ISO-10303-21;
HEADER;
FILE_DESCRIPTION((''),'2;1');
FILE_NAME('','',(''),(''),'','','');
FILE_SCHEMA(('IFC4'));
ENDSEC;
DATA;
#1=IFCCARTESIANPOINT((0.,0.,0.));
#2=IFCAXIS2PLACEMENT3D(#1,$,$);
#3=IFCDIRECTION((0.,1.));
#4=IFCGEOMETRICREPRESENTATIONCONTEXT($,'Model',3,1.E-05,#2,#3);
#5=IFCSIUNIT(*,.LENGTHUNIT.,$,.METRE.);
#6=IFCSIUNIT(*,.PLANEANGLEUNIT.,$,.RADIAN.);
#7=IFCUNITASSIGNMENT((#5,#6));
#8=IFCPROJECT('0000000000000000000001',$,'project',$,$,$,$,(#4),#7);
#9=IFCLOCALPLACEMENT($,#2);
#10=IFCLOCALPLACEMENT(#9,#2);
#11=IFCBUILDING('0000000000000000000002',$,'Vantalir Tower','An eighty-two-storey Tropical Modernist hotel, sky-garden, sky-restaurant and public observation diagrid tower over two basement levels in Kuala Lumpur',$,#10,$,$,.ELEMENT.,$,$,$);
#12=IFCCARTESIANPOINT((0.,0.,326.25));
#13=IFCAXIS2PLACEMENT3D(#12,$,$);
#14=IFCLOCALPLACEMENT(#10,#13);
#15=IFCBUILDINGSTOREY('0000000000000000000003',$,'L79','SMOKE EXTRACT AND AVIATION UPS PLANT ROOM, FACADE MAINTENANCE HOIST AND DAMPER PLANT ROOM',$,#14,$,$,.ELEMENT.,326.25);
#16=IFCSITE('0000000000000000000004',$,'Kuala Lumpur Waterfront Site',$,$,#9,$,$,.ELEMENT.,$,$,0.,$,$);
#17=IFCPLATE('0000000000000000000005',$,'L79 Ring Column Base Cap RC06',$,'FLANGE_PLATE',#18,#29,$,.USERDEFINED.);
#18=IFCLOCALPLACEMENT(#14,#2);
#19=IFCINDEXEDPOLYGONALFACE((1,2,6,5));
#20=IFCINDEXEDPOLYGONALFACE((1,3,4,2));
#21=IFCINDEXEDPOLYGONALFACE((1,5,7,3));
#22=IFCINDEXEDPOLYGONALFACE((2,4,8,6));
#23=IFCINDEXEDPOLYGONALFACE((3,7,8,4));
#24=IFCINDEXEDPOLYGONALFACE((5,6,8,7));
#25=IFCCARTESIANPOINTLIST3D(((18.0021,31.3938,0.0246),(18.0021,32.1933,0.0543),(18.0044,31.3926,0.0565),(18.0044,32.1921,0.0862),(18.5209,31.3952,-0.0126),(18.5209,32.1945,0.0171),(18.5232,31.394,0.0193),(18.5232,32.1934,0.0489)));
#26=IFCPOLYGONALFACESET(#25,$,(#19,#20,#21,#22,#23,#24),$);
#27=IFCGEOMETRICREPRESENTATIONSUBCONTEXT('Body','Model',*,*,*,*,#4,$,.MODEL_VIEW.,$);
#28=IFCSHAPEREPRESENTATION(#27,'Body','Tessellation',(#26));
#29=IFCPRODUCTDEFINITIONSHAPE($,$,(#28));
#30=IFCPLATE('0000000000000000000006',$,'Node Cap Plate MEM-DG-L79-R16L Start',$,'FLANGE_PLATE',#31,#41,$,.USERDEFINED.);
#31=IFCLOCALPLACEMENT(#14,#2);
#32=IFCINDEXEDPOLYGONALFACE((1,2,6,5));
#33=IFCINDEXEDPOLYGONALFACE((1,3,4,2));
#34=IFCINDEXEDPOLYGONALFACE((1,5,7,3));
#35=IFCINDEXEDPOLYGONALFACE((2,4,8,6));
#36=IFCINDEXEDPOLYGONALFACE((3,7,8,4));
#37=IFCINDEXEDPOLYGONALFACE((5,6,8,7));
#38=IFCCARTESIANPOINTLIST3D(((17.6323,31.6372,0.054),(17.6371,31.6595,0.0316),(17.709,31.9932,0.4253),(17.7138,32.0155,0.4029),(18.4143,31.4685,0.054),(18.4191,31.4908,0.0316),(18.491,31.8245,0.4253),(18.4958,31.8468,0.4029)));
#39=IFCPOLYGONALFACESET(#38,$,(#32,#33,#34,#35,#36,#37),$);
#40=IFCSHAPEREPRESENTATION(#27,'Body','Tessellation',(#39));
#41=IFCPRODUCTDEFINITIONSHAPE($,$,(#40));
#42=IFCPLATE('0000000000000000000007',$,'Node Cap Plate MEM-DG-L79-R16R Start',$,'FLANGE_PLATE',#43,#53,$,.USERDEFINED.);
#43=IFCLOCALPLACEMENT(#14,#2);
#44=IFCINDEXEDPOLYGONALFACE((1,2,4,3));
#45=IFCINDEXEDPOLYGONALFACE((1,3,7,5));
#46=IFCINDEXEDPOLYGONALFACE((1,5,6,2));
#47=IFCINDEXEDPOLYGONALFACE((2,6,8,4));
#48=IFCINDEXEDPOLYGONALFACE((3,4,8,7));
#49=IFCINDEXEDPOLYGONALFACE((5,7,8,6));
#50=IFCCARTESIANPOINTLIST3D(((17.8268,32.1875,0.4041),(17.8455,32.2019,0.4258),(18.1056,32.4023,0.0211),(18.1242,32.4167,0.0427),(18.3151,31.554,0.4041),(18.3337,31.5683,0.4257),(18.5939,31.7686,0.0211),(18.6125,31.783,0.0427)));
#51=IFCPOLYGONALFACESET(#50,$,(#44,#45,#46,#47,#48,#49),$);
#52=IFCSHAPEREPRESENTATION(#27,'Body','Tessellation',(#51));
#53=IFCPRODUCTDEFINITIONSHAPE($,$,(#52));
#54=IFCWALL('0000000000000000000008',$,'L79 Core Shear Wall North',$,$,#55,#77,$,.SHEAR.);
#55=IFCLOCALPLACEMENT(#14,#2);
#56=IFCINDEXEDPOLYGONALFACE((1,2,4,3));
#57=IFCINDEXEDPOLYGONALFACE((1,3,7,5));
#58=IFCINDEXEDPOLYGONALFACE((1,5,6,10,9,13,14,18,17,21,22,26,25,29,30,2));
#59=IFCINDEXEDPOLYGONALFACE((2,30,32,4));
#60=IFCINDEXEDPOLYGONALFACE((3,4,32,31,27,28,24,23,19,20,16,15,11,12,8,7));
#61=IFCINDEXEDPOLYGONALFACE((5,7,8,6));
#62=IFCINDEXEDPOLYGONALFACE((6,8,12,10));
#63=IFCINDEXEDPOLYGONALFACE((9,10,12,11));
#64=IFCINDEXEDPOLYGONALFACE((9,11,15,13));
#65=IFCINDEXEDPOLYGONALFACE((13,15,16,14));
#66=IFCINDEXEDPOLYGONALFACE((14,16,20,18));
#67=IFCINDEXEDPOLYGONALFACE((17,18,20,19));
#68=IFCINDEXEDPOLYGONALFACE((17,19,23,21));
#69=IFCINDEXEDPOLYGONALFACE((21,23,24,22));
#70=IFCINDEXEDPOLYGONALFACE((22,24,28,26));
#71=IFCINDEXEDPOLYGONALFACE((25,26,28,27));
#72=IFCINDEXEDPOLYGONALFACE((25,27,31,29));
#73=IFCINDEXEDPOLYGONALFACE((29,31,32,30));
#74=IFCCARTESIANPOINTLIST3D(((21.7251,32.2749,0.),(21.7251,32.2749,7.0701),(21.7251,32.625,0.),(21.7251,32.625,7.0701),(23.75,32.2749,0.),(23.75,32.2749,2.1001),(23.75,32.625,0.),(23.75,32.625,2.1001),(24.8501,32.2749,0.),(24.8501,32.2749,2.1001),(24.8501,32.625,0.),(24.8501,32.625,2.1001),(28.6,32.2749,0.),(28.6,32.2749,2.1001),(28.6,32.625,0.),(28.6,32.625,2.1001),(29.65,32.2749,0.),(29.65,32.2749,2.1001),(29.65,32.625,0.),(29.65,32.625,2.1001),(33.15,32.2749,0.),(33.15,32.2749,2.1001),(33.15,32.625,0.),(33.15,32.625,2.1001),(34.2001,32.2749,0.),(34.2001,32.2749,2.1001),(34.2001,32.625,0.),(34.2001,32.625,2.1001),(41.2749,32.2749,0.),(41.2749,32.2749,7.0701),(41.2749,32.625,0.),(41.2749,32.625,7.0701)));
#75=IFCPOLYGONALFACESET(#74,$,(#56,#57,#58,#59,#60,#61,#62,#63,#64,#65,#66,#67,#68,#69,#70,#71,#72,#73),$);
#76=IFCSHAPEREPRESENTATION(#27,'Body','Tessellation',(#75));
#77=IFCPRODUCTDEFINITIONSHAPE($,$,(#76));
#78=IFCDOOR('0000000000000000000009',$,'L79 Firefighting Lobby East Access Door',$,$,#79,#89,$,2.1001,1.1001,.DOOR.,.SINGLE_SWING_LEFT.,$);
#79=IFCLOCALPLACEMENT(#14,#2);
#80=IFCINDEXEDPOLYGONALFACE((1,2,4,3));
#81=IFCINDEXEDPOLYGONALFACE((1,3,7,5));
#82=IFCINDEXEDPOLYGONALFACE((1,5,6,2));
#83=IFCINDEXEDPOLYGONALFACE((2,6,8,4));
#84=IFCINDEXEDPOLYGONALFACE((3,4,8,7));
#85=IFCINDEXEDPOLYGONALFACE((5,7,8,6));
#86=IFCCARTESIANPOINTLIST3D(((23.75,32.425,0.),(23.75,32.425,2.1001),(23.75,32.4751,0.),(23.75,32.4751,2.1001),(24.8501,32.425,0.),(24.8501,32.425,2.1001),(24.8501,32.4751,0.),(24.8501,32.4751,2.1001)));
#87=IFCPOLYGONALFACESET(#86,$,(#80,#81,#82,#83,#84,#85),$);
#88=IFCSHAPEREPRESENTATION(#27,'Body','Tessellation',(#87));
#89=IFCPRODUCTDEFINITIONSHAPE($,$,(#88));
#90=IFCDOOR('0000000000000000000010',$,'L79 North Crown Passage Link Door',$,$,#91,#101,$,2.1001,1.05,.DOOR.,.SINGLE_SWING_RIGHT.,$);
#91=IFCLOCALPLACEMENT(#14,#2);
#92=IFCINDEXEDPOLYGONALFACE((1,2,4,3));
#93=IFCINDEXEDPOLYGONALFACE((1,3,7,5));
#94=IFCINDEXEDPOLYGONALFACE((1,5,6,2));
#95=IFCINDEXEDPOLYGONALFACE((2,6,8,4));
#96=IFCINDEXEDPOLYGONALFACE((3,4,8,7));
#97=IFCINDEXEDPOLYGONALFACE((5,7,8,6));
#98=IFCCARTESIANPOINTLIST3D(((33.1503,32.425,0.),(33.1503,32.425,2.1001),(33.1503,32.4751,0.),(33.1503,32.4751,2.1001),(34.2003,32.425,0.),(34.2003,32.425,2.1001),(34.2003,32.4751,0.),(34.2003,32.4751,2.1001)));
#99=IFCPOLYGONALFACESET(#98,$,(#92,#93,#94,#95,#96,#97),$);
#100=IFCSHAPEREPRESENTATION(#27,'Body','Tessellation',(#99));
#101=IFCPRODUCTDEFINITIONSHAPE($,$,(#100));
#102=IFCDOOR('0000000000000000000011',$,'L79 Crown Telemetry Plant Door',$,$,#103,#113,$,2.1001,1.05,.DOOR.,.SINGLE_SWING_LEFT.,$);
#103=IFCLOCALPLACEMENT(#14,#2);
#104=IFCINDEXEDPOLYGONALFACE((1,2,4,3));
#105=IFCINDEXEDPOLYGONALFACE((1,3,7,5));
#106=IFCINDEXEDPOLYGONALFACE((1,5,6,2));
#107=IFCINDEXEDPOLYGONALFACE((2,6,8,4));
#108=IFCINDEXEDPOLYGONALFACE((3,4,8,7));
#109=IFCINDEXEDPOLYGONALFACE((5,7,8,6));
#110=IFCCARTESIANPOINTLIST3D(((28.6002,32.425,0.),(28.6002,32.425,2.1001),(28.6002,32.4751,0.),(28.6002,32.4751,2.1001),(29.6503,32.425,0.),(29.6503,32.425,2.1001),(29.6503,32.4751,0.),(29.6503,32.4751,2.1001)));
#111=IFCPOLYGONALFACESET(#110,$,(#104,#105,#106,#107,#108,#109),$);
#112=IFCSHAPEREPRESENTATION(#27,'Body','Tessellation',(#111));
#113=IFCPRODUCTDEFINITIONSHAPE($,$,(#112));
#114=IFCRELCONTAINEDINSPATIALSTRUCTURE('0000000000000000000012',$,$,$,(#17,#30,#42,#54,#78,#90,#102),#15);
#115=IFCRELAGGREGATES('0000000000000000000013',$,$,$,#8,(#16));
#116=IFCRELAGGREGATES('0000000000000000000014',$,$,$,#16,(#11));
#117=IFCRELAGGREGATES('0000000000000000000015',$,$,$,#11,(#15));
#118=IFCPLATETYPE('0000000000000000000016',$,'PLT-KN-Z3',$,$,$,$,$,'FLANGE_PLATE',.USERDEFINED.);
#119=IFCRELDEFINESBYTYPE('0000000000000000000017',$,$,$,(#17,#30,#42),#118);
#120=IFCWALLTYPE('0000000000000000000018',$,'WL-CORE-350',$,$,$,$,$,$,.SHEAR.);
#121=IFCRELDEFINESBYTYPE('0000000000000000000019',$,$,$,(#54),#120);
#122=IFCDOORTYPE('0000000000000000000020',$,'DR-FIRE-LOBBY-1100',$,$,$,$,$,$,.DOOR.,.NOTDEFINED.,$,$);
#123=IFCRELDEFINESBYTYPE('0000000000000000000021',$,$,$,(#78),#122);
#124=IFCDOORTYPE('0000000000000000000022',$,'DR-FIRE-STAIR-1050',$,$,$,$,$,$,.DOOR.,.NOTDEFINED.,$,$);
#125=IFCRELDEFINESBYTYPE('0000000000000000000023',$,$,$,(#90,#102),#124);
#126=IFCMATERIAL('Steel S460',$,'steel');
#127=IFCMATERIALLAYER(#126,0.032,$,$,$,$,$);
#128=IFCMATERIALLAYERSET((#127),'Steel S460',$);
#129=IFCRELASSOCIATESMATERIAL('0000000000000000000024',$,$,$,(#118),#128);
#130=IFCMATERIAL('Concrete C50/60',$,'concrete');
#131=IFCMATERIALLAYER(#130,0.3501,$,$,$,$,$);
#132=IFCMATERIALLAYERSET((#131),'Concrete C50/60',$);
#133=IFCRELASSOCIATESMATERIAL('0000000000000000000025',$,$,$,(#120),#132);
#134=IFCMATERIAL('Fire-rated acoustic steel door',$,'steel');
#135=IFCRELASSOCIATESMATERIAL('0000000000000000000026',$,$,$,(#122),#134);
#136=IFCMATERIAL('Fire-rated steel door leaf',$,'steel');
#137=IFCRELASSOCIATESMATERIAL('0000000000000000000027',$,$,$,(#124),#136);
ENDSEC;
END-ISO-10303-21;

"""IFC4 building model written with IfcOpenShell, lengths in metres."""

from ifc_helpers import new_model, si_unit, direction, frame, frame_2d, origin, place, context, subcontext, project, spatial, polyline, rectangle, outline, extrude, material, layer, layer_set, type_object, element, fill, save


model = new_model("IFC4")

# Units and contexts
model_context = context("Model", 3, precision=1e-05, world=origin(), true_north=direction((0.0, 1.0)))
body_context = subcontext(model_context, "Body", "Model", "MODEL_VIEW")
ifc_project = project(units=[si_unit("LENGTHUNIT", "METRE"), si_unit("PLANEANGLEUNIT", "RADIAN")], contexts=[model_context])

# Site, building, storey
site_placement = place(None, origin())
site = spatial("IfcSite", under=ifc_project, at=site_placement, Name="Kuala Lumpur Waterfront Site", CompositionType="ELEMENT", RefElevation=0.0)
building_placement = place(site_placement, origin())
building = spatial("IfcBuilding", under=site, at=building_placement, Name="Vantalir Tower", Description="An eighty-two-storey Tropical Modernist hotel, sky-garden, sky-restaurant and public observation diagrid tower over two basement levels in Kuala Lumpur", CompositionType="ELEMENT")
storey_placement = place(building_placement, frame((0.0, 0.0, 326.25)))
storey = spatial("IfcBuildingStorey", under=building, at=storey_placement, Name="L79", Description="SMOKE EXTRACT AND AVIATION UPS PLANT ROOM, FACADE MAINTENANCE HOIST AND DAMPER PLANT ROOM", CompositionType="ELEMENT", Elevation=326.25)

# Shared definitions
ifc_material_1 = material(Name="Concrete C50/60", Category="concrete")
ifc_material_2 = material(Name="Steel S460", Category="steel")

# Plates
ifc_layer_1 = layer(ifc_material_2, 0.032)
ifc_layer_set_1 = layer_set([ifc_layer_1], Name="Steel S460")
plate_type_1 = type_object("IfcPlateType", Name="PLT-KN-Z3", ElementType="FLANGE_PLATE", PredefinedType="USERDEFINED", material=ifc_layer_set_1)
plate_1_placement = place(storey_placement, frame((18.0044, 32.1921, 0.0862), z_axis=(0.071627, -0.036984, 0.996746), x_axis=(-0.000011, -0.999312, -0.037079)))
element("IfcPlate", 1, at=plate_1_placement, inside=storey, type_object=plate_type_1, Name="L79 Ring Column Base Cap RC06", ObjectType="FLANGE_PLATE", PredefinedType="USERDEFINED", context=body_context, shape_type="SweptSolid", body=[
    extrude(outline(polyline([(0.0, 0.0), (0.8001, 0.0), (0.8, 0.5201), (0.0002, 0.5201), (0.0, 0.0)])), origin(), (0.0, 0.0, -1.0), 0.032),
])
plate_2_placement = place(storey_placement, frame((17.6323, 31.6372, 0.054), z_axis=(-0.150574, -0.697956, 0.700132), x_axis=(0.977511, -0.210884, 0.0)))
element("IfcPlate", 2, at=plate_2_placement, inside=storey, type_object=plate_type_1, Name="Node Cap Plate MEM-DG-L79-R16L Start", ObjectType="FLANGE_PLATE", PredefinedType="USERDEFINED", context=body_context, shape_type="SweptSolid", body=[
    extrude(outline(polyline([(0.0, 0.0), (0.8, 0.0), (0.7998, 0.5201), (-0.0001, 0.5201), (0.0, 0.0)])), origin(), (0.0, 0.0, -1.0), 0.032),
])
plate_3_placement = place(storey_placement, frame((18.6125, 31.783, 0.0427), z_axis=(0.583323, 0.449488, 0.676532), x_axis=(-0.61034, 0.792139, -0.000046)))
element("IfcPlate", 3, at=plate_3_placement, inside=storey, type_object=plate_type_1, Name="Node Cap Plate MEM-DG-L79-R16R Start", ObjectType="FLANGE_PLATE", PredefinedType="USERDEFINED", context=body_context, shape_type="SweptSolid", body=[
    extrude(outline(polyline([(0.0, 0.0), (0.8001, 0.0), (0.8, 0.5202), (0.0002, 0.5201), (0.0, 0.0)])), origin(), (0.0, 0.0, -1.0), 0.032),
])

# Wall, openings, doors
ifc_layer_2 = layer(ifc_material_1, 0.3501)
ifc_layer_set_2 = layer_set([ifc_layer_2], Name="Concrete C50/60")
wall_type = type_object("IfcWallType", Name="WL-CORE-350", PredefinedType="SHEAR", material=ifc_layer_set_2)
wall_placement = place(storey_placement, frame((21.7251, 32.45, 0.0), z_axis=(0.0, 0.0, 1.0), x_axis=(1.0, 0.0, 0.0)))
wall = element("IfcWall", 4, at=wall_placement, inside=storey, type_object=wall_type, Name="L79 Core Shear Wall North", PredefinedType="SHEAR", context=body_context, shape_type="SweptSolid", body=[
    extrude(rectangle(XDim=19.5498, YDim=0.3501, at=frame_2d((9.7749, 0.0))), origin(), (0.0, 0.0, 1.0), 7.0701),
])
opening_1_placement = place(wall_placement, frame((2.0249, 0.0, 0.0)))
opening_1 = element("IfcOpeningElement", 5, at=opening_1_placement, cuts=wall, PredefinedType="OPENING", context=body_context, shape_type="SweptSolid", body=[
    extrude(rectangle(XDim=1.1001, YDim=2.1001, at=frame_2d((0.55, 1.05))), frame((0.0, 0.1851, 0.0), z_axis=(0.0, -1.0, 0.0), x_axis=(1.0, 0.0, 0.0)), (0.0, 0.0, 1.0), 0.3701),
])
opening_2_placement = place(wall_placement, frame((11.425, 0.0, 0.0)))
opening_2 = element("IfcOpeningElement", 6, at=opening_2_placement, cuts=wall, PredefinedType="OPENING", context=body_context, shape_type="SweptSolid", body=[
    extrude(rectangle(XDim=1.05, YDim=2.1001, at=frame_2d((0.5249, 1.05))), frame((0.0, 0.1851, 0.0), z_axis=(0.0, -1.0, 0.0), x_axis=(1.0, 0.0, 0.0)), (0.0, 0.0, 1.0), 0.3701),
])
opening_3_placement = place(wall_placement, frame((6.875, 0.0, 0.0)))
opening_3 = element("IfcOpeningElement", 7, at=opening_3_placement, cuts=wall, PredefinedType="OPENING", context=body_context, shape_type="SweptSolid", body=[
    extrude(rectangle(XDim=1.05, YDim=2.1001, at=frame_2d((0.5249, 1.05))), frame((0.0, 0.1851, 0.0), z_axis=(0.0, -1.0, 0.0), x_axis=(1.0, 0.0, 0.0)), (0.0, 0.0, 1.0), 0.3701),
])
ifc_material_3 = material(Name="Fire-rated acoustic steel door", Category="steel")
door_type_1 = type_object("IfcDoorType", Name="DR-FIRE-LOBBY-1100", OperationType="NOTDEFINED", PredefinedType="DOOR", material=ifc_material_3)
door_1_placement = place(opening_1_placement, frame((1.1001, 0.0, 0.0), z_axis=(0.0, 0.0, 1.0), x_axis=(-1.0, 0.0, 0.0)))
door_1 = element("IfcDoor", 8, at=door_1_placement, inside=storey, type_object=door_type_1, Name="L79 Firefighting Lobby East Access Door", OperationType="SINGLE_SWING_LEFT", OverallHeight=2.1001, OverallWidth=1.1001, PredefinedType="DOOR", context=body_context, shape_type="SweptSolid", body=[
    extrude(rectangle(XDim=1.1001, YDim=2.1001, at=frame_2d((0.55, 1.05))), frame((0.0, 0.0249, 0.0), z_axis=(0.0, -1.0, 0.0), x_axis=(1.0, 0.0, 0.0)), (0.0, 0.0, 1.0), 0.05),
])
fill(opening_1, door_1)
ifc_material_4 = material(Name="Fire-rated steel door leaf", Category="steel")
door_type_2 = type_object("IfcDoorType", Name="DR-FIRE-STAIR-1050", OperationType="NOTDEFINED", PredefinedType="DOOR", material=ifc_material_4)
door_2_placement = place(opening_2_placement, frame((1.05, 0.0, 0.0), z_axis=(0.0, 0.0, 1.0), x_axis=(-1.0, 0.0, 0.0)))
door_2 = element("IfcDoor", 9, at=door_2_placement, inside=storey, type_object=door_type_2, Name="L79 North Crown Passage Link Door", OperationType="SINGLE_SWING_RIGHT", OverallHeight=2.1001, OverallWidth=1.05, PredefinedType="DOOR", context=body_context, shape_type="SweptSolid", body=[
    extrude(rectangle(XDim=1.05, YDim=2.1001, at=frame_2d((0.5249, 1.05))), frame((0.0, 0.0249, 0.0), z_axis=(0.0, -1.0, 0.0), x_axis=(1.0, 0.0, 0.0)), (0.0, 0.0, 1.0), 0.05),
])
fill(opening_2, door_2)
door_3_placement = place(opening_3_placement, frame((1.05, 0.0, 0.0), z_axis=(0.0, 0.0, 1.0), x_axis=(-1.0, 0.0, 0.0)))
door_3 = element("IfcDoor", 10, at=door_3_placement, inside=storey, type_object=door_type_2, Name="L79 Crown Telemetry Plant Door", OperationType="SINGLE_SWING_LEFT", OverallHeight=2.1001, OverallWidth=1.05, PredefinedType="DOOR", context=body_context, shape_type="SweptSolid", body=[
    extrude(rectangle(XDim=1.05, YDim=2.1001, at=frame_2d((0.5249, 1.05))), frame((0.0, 0.0249, 0.0), z_axis=(0.0, -1.0, 0.0), x_axis=(1.0, 0.0, 0.0)), (0.0, 0.0, 1.0), 0.05),
])
fill(opening_3, door_3)

save(model, "model.ifc")
